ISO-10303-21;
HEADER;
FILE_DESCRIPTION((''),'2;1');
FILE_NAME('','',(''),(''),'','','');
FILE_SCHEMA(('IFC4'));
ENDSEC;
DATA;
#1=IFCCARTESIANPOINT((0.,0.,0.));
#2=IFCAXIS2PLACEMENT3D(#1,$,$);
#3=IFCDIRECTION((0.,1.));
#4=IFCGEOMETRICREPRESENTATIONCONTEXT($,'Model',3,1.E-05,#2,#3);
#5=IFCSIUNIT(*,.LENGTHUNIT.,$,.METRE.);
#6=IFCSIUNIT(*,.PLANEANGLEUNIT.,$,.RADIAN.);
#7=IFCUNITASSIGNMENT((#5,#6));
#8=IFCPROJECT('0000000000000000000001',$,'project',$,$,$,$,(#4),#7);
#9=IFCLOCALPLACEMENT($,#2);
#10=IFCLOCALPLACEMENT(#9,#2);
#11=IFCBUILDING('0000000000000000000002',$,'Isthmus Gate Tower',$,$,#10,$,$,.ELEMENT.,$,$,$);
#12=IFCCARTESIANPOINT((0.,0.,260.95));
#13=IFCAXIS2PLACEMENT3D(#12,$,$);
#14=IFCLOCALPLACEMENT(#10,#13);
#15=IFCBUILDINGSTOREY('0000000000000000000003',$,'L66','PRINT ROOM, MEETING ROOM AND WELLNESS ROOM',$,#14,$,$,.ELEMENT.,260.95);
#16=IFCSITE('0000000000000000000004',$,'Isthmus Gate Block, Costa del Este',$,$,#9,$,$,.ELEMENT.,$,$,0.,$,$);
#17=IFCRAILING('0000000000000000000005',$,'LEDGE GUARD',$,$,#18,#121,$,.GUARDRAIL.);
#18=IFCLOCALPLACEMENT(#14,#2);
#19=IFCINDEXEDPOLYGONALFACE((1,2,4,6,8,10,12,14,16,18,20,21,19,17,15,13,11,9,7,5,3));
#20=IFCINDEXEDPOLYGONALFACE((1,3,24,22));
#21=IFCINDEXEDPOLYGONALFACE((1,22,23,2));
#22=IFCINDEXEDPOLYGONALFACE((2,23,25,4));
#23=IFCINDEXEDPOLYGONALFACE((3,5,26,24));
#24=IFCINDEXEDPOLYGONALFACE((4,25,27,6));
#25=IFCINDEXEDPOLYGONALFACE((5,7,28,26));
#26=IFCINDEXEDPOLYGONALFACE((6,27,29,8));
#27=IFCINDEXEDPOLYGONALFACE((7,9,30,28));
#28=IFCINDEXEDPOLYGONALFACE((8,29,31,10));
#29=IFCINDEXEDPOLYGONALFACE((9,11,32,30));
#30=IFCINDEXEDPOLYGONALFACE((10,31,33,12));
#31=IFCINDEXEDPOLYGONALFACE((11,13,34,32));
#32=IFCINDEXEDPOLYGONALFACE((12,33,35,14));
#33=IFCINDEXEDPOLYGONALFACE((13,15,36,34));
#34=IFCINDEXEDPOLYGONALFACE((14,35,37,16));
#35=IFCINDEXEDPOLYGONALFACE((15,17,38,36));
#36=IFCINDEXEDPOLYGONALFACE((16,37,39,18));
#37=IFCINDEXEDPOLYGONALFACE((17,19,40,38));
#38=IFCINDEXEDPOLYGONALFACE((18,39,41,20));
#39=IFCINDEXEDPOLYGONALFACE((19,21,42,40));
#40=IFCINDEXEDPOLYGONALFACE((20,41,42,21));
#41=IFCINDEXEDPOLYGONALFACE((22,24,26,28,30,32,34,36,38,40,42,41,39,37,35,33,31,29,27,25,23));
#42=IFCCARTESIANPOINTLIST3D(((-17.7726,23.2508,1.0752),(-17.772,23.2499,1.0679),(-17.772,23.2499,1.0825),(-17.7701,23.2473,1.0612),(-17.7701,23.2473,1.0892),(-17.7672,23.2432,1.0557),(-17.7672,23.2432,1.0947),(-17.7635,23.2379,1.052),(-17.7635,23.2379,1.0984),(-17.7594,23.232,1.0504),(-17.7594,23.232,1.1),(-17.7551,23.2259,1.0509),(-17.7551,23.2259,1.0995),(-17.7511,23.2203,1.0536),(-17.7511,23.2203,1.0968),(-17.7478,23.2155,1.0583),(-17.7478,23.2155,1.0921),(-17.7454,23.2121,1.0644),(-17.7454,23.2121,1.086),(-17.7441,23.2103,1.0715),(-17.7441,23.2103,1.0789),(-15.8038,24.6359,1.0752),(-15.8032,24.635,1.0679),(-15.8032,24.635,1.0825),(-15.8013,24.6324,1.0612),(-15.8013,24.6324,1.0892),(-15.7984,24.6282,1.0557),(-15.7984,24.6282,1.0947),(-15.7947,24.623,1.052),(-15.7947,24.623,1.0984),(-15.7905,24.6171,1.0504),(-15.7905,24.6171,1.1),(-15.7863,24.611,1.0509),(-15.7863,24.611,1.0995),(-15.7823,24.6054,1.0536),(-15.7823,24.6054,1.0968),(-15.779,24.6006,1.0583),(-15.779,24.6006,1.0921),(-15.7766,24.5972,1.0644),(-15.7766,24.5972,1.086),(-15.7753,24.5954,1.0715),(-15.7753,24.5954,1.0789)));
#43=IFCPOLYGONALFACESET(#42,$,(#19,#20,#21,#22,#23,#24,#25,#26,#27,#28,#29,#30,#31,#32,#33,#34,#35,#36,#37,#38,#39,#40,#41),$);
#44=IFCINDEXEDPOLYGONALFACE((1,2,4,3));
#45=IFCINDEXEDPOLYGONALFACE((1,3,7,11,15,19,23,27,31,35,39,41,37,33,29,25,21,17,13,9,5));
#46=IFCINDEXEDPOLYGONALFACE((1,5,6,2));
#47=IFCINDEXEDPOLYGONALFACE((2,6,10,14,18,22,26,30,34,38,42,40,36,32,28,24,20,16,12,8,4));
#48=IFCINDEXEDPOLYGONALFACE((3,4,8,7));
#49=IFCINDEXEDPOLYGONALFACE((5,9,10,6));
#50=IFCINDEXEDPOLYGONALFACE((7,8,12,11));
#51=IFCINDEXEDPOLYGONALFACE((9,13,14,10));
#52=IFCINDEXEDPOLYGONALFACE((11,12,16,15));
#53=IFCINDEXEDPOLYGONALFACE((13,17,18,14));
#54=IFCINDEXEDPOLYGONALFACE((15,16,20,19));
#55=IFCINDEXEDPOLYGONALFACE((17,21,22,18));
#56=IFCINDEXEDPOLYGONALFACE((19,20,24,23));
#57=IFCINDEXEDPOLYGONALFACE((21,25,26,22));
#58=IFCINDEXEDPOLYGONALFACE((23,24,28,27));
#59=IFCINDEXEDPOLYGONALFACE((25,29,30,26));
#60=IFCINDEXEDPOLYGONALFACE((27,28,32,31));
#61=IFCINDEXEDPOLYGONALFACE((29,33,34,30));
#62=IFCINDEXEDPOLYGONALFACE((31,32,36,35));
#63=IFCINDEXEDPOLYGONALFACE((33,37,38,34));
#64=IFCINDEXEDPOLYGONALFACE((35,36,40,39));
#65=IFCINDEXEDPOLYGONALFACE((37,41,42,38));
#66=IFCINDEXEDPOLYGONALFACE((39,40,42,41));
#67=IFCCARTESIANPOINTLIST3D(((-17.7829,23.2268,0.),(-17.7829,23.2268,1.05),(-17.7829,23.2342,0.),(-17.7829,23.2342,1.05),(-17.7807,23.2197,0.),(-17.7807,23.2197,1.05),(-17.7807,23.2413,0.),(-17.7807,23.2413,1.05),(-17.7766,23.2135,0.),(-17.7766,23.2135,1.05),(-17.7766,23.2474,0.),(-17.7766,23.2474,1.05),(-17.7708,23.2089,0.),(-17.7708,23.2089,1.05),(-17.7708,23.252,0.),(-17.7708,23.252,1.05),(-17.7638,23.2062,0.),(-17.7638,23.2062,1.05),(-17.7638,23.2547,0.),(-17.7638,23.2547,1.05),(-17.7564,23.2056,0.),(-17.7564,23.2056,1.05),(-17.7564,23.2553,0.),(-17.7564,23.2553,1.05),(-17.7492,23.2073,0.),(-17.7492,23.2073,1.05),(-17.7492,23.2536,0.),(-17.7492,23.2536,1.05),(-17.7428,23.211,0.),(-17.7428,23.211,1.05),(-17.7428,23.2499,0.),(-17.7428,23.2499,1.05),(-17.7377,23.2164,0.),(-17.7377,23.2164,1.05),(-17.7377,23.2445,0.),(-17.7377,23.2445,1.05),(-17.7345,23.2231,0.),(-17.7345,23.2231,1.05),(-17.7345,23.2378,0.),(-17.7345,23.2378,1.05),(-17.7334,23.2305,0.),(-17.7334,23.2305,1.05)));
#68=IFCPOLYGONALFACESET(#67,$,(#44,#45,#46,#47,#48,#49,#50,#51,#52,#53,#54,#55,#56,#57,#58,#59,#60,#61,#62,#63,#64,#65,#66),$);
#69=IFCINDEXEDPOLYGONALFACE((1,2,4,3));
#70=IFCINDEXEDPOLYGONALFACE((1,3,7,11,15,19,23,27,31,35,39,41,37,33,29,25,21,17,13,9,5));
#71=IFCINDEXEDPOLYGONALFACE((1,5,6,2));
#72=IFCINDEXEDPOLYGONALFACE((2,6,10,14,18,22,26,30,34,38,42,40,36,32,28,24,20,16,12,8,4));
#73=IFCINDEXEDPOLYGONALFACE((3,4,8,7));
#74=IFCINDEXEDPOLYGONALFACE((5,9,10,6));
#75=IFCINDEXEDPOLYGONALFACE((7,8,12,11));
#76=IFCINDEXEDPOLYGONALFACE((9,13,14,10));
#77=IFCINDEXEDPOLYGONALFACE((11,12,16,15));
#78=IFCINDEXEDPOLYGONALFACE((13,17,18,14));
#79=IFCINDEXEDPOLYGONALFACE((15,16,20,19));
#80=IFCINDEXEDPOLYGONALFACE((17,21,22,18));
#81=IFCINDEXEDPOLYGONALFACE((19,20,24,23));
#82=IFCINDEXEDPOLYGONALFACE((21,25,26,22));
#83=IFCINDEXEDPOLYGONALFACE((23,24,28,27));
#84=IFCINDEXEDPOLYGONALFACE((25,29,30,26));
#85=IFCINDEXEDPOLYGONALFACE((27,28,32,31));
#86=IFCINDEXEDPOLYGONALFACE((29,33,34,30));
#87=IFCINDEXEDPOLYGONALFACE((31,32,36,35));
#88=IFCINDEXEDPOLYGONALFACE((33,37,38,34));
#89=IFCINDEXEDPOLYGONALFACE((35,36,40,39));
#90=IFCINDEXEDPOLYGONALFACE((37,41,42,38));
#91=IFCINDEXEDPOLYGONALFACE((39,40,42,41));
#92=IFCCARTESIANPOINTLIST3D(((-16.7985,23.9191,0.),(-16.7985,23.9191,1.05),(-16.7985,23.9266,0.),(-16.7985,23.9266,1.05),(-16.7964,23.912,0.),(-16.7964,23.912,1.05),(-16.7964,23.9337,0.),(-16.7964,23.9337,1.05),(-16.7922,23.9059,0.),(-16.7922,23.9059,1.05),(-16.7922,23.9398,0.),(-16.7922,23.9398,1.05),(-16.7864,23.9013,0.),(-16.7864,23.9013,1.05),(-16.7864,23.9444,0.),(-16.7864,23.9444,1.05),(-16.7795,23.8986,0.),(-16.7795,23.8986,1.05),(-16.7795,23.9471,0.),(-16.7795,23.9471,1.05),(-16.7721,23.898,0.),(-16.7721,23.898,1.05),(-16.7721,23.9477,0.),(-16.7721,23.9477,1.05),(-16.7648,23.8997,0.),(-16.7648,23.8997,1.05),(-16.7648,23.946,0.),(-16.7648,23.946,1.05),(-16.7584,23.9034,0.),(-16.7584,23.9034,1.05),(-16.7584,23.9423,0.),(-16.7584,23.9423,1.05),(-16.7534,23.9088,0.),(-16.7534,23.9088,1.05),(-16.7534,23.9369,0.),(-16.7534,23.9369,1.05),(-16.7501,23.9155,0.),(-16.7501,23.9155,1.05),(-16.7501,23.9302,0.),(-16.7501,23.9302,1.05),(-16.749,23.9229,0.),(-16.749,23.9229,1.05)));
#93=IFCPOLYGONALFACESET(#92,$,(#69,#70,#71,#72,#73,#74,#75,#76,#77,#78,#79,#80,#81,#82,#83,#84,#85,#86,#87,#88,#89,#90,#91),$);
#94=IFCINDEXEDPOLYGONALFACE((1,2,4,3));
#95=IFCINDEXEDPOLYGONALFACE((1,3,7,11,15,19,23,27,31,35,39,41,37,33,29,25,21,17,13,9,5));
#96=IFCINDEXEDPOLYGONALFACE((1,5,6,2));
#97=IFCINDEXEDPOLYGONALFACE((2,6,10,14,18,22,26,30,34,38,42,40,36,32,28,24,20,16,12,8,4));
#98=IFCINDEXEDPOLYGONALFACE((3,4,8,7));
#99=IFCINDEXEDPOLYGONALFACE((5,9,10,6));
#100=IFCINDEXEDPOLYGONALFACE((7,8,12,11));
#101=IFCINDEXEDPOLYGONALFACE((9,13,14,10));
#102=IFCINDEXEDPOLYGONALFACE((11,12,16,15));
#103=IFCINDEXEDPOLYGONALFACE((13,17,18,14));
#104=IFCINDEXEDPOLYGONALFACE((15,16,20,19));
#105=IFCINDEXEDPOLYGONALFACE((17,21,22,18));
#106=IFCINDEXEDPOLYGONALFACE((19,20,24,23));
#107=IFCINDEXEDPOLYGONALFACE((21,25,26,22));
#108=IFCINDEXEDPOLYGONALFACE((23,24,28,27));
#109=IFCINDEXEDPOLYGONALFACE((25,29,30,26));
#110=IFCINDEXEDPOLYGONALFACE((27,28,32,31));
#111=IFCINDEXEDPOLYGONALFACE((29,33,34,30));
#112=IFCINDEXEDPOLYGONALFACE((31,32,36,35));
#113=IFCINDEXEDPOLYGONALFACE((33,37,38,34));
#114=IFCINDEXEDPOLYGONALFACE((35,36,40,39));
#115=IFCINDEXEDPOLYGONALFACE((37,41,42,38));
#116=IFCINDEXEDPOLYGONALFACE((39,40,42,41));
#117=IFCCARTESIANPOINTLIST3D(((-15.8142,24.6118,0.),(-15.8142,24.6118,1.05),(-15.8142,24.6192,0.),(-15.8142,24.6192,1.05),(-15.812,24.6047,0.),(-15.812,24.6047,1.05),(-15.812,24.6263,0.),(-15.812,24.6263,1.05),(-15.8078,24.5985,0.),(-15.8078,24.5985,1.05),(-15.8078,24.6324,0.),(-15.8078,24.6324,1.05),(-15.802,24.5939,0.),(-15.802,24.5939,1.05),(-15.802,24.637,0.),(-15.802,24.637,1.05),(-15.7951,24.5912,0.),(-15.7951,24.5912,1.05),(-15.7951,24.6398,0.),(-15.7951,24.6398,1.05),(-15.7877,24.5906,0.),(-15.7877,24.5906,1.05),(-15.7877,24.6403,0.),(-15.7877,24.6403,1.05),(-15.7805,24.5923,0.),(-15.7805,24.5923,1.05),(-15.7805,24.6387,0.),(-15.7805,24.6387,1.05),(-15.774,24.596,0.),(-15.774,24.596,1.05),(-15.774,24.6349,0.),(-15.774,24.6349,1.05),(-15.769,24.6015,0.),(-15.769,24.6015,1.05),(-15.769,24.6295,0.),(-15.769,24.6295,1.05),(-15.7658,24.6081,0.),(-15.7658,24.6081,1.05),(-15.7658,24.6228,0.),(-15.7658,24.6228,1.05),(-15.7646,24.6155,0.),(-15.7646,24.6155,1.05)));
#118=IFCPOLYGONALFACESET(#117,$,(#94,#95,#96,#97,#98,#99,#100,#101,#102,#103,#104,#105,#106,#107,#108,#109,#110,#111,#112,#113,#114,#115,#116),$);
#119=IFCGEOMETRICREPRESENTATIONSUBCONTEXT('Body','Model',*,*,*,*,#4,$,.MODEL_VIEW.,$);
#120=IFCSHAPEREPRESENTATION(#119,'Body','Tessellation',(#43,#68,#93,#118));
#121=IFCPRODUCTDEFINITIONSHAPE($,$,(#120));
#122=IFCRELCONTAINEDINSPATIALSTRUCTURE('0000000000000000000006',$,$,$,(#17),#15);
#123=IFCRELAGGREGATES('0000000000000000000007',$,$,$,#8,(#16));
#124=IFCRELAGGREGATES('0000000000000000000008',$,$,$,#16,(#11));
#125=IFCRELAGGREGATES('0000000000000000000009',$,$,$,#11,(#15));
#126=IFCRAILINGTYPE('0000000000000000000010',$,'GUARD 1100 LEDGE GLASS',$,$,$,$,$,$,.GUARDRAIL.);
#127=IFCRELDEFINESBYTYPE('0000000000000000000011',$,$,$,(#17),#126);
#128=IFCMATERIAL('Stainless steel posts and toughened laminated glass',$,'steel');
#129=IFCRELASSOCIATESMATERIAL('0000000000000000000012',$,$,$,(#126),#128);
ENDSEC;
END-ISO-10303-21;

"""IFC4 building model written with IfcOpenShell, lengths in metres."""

from ifc_helpers import new_model, si_unit, direction, frame, origin, origin_2d, place, context, subcontext, project, spatial, circle, extrude, material, type_object, element, save


model = new_model("IFC4")

# Units and contexts
model_context = context("Model", 3, precision=1e-05, world=origin(), true_north=direction((0.0, 1.0)))
body_context = subcontext(model_context, "Body", "Model", "MODEL_VIEW")
ifc_project = project(units=[si_unit("LENGTHUNIT", "METRE"), si_unit("PLANEANGLEUNIT", "RADIAN")], contexts=[model_context])

# Site, building, storey
site_placement = place(None, origin())
site = spatial("IfcSite", under=ifc_project, at=site_placement, Name="Isthmus Gate Block, Costa del Este", CompositionType="ELEMENT", RefElevation=0.0)
building_placement = place(site_placement, origin())
building = spatial("IfcBuilding", under=site, at=building_placement, Name="Isthmus Gate Tower", CompositionType="ELEMENT")
storey_placement = place(building_placement, frame((0.0, 0.0, 260.95)))
storey = spatial("IfcBuildingStorey", under=building, at=storey_placement, Name="L66", Description="PRINT ROOM, MEETING ROOM AND WELLNESS ROOM", CompositionType="ELEMENT", Elevation=260.95)

# Railing
ifc_material_1 = material(Name="Stainless steel posts and toughened laminated glass", Category="steel")
railing_type = type_object("IfcRailingType", Name="GUARD 1100 LEDGE GLASS", PredefinedType="GUARDRAIL", material=ifc_material_1)
railing_1_placement = place(storey_placement, frame((-17.7583, 23.2305, 0.0)))
element("IfcRailing", 1, at=railing_1_placement, inside=storey, type_object=railing_type, Name="LEDGE GUARD", PredefinedType="GUARDRAIL", context=body_context, shape_type="SweptSolid", body=[
    extrude(circle(Radius=0.0249, at=origin_2d()), frame((0.0, 0.0, 1.0752), z_axis=(0.817886, 0.57538, 0.0), x_axis=(-0.57538, 0.817886, 0.0)), (0.0, 0.0, 1.0), 2.4072),
    extrude(circle(Radius=0.0249, at=origin_2d()), origin(), (0.0, 0.0, 1.0), 1.05),
    extrude(circle(Radius=0.0249, at=origin_2d()), frame((0.9844, 0.6924, 0.0)), (0.0, 0.0, 1.0), 1.05),
    extrude(circle(Radius=0.0249, at=origin_2d()), frame((1.9688, 1.385, 0.0)), (0.0, 0.0, 1.0), 1.05),
])

save(model, "model.ifc")
